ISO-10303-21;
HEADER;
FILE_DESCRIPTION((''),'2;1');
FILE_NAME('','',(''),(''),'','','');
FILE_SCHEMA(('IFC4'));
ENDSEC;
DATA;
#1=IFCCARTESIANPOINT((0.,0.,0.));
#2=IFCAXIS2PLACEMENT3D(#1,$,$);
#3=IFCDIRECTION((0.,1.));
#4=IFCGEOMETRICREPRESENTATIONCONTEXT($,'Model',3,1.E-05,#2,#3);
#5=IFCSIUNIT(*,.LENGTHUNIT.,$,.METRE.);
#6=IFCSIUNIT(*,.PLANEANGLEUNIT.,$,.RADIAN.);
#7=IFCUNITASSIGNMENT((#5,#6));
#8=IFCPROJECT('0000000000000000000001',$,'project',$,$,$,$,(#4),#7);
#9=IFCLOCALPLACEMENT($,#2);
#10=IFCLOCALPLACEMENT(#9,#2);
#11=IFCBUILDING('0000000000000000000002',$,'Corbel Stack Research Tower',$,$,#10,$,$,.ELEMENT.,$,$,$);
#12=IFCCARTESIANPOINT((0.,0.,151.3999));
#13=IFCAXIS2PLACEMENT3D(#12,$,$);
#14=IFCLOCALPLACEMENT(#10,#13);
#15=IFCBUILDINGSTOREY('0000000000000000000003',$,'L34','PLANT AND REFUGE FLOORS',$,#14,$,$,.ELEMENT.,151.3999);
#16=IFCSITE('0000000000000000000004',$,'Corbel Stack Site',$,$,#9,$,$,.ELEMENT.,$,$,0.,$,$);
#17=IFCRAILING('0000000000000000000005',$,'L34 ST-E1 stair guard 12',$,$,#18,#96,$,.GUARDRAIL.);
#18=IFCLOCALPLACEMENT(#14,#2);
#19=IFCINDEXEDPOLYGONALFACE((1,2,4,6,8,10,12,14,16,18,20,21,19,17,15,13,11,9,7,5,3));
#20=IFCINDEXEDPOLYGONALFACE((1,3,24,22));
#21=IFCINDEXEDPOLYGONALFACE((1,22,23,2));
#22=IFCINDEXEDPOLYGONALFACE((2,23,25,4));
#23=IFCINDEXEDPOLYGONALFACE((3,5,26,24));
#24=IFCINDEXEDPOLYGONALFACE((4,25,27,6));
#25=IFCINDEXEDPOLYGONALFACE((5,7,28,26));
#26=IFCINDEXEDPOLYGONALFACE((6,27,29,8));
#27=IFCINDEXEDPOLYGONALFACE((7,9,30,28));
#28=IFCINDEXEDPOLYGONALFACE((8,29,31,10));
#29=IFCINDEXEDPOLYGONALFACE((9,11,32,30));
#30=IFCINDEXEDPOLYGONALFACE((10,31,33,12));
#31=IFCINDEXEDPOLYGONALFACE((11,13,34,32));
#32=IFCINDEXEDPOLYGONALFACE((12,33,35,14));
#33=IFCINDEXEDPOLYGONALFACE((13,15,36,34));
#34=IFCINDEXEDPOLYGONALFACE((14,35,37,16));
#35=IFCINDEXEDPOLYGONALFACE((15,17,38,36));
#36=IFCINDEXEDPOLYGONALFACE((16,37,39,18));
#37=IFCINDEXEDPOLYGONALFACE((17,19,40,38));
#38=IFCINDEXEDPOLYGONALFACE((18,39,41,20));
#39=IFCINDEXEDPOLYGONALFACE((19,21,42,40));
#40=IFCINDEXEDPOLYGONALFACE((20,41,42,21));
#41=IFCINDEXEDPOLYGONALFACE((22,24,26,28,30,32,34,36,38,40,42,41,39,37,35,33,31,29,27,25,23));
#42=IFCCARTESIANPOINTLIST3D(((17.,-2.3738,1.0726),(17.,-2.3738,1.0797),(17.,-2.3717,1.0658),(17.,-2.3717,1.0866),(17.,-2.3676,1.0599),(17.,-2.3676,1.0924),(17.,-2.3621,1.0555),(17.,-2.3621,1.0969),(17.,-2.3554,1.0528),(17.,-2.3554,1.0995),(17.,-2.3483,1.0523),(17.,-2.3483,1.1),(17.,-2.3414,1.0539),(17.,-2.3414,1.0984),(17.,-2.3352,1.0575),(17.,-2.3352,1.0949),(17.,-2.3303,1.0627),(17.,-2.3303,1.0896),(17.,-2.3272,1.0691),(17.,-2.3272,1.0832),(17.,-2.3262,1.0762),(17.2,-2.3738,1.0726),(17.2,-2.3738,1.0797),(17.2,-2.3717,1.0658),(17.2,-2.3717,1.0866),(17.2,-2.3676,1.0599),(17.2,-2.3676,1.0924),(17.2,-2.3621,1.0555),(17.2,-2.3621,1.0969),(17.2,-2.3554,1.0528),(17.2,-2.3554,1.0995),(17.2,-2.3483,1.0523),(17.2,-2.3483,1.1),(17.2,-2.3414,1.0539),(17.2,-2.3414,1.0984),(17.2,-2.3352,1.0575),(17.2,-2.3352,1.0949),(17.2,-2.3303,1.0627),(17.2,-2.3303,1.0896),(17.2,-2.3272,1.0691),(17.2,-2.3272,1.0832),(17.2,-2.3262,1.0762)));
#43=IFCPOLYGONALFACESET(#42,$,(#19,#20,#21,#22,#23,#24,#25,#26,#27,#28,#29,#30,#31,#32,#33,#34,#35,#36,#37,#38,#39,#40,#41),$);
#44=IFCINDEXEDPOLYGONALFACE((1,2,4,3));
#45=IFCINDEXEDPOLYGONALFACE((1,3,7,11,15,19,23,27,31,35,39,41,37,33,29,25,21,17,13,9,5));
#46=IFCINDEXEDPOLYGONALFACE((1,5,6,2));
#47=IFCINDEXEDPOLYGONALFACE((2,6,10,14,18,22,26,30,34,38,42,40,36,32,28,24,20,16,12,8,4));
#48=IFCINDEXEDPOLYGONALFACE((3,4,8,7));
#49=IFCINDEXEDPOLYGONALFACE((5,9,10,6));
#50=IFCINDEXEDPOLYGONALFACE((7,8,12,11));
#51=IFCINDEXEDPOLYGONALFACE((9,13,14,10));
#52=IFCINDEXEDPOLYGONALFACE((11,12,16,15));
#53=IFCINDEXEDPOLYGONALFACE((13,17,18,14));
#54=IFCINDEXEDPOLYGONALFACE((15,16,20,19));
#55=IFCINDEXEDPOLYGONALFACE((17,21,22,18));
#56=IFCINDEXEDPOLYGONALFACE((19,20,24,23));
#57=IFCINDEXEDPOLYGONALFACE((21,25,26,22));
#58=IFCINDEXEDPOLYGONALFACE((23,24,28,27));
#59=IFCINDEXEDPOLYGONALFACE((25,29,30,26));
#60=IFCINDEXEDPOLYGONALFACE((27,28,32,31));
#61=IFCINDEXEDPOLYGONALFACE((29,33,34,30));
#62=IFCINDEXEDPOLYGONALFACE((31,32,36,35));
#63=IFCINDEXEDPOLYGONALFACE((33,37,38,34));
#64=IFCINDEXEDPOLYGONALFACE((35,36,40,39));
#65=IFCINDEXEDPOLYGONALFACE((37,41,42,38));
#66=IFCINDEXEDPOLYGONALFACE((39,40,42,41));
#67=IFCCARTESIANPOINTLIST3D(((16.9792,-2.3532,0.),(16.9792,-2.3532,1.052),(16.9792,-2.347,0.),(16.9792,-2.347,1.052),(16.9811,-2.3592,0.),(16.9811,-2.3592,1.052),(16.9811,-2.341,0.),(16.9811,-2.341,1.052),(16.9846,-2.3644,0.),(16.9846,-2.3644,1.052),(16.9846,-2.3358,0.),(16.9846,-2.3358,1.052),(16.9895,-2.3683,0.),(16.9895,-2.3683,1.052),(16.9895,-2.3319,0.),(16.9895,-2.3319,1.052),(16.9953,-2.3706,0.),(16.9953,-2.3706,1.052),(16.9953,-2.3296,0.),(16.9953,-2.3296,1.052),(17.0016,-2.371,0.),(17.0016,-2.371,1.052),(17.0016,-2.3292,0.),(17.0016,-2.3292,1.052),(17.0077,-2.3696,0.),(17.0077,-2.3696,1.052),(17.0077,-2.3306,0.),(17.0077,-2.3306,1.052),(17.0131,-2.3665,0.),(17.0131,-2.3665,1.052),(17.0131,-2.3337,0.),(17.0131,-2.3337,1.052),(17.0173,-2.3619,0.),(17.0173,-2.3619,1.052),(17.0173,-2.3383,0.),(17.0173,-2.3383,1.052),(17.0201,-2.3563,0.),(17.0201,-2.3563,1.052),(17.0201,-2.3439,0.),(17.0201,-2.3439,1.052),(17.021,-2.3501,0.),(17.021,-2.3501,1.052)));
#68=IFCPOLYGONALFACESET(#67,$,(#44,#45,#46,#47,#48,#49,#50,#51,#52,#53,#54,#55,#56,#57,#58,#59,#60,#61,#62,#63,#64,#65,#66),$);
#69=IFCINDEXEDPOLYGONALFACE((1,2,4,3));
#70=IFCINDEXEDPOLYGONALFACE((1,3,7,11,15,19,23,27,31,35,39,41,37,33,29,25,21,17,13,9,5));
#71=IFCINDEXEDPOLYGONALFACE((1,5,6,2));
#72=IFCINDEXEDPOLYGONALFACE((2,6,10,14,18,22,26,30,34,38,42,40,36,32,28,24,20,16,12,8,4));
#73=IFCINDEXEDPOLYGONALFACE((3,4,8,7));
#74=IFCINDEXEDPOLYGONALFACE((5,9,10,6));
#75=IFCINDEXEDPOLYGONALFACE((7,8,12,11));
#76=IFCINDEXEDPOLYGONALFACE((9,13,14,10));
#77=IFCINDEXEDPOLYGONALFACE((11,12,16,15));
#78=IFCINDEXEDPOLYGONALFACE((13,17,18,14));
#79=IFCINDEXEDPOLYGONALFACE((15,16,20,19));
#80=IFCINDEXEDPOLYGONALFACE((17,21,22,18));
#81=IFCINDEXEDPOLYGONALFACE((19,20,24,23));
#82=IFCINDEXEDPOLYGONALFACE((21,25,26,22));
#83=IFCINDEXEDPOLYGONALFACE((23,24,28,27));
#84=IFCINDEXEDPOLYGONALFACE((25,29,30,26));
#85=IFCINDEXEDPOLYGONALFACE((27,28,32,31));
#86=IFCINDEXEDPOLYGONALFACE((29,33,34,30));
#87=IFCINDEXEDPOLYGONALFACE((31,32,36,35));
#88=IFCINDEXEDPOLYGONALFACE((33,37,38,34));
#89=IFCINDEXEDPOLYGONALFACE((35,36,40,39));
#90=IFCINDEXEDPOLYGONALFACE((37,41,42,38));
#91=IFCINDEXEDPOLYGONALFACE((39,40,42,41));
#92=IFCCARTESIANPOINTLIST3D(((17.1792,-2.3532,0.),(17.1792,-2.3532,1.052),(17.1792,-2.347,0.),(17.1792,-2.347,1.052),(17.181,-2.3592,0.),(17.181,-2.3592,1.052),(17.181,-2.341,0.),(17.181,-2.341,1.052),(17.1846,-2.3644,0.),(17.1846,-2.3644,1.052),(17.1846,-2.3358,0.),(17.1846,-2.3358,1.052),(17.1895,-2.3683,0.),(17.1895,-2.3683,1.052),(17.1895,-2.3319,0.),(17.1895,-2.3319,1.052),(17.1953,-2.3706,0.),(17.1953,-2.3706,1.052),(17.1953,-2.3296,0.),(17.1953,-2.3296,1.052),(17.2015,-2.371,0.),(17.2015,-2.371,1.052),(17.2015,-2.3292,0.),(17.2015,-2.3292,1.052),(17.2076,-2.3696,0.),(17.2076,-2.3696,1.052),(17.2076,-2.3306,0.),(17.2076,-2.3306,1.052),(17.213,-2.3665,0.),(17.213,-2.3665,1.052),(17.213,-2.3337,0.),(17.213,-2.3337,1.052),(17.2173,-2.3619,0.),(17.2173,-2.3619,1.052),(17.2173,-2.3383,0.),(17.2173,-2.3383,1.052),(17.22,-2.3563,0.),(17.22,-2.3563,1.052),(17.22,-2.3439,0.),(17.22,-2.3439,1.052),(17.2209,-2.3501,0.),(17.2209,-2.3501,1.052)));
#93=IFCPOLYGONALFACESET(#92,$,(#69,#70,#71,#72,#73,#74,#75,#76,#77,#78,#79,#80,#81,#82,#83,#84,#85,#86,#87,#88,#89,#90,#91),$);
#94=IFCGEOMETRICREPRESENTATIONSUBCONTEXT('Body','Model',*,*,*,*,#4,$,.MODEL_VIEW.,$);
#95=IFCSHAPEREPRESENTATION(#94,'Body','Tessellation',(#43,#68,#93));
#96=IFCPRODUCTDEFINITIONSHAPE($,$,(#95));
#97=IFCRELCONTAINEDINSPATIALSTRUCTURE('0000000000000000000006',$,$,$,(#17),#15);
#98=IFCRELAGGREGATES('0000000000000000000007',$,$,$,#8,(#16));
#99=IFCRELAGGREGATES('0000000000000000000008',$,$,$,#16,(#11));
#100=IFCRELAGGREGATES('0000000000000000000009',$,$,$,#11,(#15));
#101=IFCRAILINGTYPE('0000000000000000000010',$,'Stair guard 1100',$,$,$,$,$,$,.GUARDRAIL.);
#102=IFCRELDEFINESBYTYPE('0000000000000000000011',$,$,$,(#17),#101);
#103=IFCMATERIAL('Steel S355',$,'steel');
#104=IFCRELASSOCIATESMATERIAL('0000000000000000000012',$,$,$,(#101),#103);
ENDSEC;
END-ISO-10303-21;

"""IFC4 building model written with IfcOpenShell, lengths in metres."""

from ifc_helpers import new_model, si_unit, direction, frame, origin, origin_2d, place, context, subcontext, project, spatial, circle, extrude, material, type_object, element, save


model = new_model("IFC4")

# Units and contexts
model_context = context("Model", 3, precision=1e-05, world=origin(), true_north=direction((0.0, 1.0)))
body_context = subcontext(model_context, "Body", "Model", "MODEL_VIEW")
ifc_project = project(units=[si_unit("LENGTHUNIT", "METRE"), si_unit("PLANEANGLEUNIT", "RADIAN")], contexts=[model_context])

# Site, building, storey
site_placement = place(None, origin())
site = spatial("IfcSite", under=ifc_project, at=site_placement, Name="Corbel Stack Site", CompositionType="ELEMENT", RefElevation=0.0)
building_placement = place(site_placement, origin())
building = spatial("IfcBuilding", under=site, at=building_placement, Name="Corbel Stack Research Tower", CompositionType="ELEMENT")
storey_placement = place(building_placement, frame((0.0, 0.0, 151.3999)))
storey = spatial("IfcBuildingStorey", under=building, at=storey_placement, Name="L34", Description="PLANT AND REFUGE FLOORS", CompositionType="ELEMENT", Elevation=151.3999)

# Railing
ifc_material_1 = material(Name="Steel S355", Category="steel")
railing_type_1 = type_object("IfcRailingType", Name="Stair guard 1100", PredefinedType="GUARDRAIL", material=ifc_material_1)
for number, where, name in (
    (1, (17.0, -2.3501, 0.0), "L34 ST-E1 stair guard 12"),
):
    element("IfcRailing", number, at=place(storey_placement, frame(where)), inside=storey, type_object=railing_type_1, Name=name, PredefinedType="GUARDRAIL", context=body_context, shape_type="SweptSolid", body=[
        extrude(circle(Radius=0.0239, at=origin_2d()), frame((0.0, 0.0, 1.0762), z_axis=(1.0, 0.0, 0.0), x_axis=(0.0, 1.0, 0.0)), (0.0, 0.0, 1.0), 0.2),
        extrude(circle(Radius=0.021, at=origin_2d()), origin(), (0.0, 0.0, 1.0), 1.052),
        extrude(circle(Radius=0.021, at=origin_2d()), frame((0.2, 0.0, 0.0)), (0.0, 0.0, 1.0), 1.052),
    ])

save(model, "model.ifc")
